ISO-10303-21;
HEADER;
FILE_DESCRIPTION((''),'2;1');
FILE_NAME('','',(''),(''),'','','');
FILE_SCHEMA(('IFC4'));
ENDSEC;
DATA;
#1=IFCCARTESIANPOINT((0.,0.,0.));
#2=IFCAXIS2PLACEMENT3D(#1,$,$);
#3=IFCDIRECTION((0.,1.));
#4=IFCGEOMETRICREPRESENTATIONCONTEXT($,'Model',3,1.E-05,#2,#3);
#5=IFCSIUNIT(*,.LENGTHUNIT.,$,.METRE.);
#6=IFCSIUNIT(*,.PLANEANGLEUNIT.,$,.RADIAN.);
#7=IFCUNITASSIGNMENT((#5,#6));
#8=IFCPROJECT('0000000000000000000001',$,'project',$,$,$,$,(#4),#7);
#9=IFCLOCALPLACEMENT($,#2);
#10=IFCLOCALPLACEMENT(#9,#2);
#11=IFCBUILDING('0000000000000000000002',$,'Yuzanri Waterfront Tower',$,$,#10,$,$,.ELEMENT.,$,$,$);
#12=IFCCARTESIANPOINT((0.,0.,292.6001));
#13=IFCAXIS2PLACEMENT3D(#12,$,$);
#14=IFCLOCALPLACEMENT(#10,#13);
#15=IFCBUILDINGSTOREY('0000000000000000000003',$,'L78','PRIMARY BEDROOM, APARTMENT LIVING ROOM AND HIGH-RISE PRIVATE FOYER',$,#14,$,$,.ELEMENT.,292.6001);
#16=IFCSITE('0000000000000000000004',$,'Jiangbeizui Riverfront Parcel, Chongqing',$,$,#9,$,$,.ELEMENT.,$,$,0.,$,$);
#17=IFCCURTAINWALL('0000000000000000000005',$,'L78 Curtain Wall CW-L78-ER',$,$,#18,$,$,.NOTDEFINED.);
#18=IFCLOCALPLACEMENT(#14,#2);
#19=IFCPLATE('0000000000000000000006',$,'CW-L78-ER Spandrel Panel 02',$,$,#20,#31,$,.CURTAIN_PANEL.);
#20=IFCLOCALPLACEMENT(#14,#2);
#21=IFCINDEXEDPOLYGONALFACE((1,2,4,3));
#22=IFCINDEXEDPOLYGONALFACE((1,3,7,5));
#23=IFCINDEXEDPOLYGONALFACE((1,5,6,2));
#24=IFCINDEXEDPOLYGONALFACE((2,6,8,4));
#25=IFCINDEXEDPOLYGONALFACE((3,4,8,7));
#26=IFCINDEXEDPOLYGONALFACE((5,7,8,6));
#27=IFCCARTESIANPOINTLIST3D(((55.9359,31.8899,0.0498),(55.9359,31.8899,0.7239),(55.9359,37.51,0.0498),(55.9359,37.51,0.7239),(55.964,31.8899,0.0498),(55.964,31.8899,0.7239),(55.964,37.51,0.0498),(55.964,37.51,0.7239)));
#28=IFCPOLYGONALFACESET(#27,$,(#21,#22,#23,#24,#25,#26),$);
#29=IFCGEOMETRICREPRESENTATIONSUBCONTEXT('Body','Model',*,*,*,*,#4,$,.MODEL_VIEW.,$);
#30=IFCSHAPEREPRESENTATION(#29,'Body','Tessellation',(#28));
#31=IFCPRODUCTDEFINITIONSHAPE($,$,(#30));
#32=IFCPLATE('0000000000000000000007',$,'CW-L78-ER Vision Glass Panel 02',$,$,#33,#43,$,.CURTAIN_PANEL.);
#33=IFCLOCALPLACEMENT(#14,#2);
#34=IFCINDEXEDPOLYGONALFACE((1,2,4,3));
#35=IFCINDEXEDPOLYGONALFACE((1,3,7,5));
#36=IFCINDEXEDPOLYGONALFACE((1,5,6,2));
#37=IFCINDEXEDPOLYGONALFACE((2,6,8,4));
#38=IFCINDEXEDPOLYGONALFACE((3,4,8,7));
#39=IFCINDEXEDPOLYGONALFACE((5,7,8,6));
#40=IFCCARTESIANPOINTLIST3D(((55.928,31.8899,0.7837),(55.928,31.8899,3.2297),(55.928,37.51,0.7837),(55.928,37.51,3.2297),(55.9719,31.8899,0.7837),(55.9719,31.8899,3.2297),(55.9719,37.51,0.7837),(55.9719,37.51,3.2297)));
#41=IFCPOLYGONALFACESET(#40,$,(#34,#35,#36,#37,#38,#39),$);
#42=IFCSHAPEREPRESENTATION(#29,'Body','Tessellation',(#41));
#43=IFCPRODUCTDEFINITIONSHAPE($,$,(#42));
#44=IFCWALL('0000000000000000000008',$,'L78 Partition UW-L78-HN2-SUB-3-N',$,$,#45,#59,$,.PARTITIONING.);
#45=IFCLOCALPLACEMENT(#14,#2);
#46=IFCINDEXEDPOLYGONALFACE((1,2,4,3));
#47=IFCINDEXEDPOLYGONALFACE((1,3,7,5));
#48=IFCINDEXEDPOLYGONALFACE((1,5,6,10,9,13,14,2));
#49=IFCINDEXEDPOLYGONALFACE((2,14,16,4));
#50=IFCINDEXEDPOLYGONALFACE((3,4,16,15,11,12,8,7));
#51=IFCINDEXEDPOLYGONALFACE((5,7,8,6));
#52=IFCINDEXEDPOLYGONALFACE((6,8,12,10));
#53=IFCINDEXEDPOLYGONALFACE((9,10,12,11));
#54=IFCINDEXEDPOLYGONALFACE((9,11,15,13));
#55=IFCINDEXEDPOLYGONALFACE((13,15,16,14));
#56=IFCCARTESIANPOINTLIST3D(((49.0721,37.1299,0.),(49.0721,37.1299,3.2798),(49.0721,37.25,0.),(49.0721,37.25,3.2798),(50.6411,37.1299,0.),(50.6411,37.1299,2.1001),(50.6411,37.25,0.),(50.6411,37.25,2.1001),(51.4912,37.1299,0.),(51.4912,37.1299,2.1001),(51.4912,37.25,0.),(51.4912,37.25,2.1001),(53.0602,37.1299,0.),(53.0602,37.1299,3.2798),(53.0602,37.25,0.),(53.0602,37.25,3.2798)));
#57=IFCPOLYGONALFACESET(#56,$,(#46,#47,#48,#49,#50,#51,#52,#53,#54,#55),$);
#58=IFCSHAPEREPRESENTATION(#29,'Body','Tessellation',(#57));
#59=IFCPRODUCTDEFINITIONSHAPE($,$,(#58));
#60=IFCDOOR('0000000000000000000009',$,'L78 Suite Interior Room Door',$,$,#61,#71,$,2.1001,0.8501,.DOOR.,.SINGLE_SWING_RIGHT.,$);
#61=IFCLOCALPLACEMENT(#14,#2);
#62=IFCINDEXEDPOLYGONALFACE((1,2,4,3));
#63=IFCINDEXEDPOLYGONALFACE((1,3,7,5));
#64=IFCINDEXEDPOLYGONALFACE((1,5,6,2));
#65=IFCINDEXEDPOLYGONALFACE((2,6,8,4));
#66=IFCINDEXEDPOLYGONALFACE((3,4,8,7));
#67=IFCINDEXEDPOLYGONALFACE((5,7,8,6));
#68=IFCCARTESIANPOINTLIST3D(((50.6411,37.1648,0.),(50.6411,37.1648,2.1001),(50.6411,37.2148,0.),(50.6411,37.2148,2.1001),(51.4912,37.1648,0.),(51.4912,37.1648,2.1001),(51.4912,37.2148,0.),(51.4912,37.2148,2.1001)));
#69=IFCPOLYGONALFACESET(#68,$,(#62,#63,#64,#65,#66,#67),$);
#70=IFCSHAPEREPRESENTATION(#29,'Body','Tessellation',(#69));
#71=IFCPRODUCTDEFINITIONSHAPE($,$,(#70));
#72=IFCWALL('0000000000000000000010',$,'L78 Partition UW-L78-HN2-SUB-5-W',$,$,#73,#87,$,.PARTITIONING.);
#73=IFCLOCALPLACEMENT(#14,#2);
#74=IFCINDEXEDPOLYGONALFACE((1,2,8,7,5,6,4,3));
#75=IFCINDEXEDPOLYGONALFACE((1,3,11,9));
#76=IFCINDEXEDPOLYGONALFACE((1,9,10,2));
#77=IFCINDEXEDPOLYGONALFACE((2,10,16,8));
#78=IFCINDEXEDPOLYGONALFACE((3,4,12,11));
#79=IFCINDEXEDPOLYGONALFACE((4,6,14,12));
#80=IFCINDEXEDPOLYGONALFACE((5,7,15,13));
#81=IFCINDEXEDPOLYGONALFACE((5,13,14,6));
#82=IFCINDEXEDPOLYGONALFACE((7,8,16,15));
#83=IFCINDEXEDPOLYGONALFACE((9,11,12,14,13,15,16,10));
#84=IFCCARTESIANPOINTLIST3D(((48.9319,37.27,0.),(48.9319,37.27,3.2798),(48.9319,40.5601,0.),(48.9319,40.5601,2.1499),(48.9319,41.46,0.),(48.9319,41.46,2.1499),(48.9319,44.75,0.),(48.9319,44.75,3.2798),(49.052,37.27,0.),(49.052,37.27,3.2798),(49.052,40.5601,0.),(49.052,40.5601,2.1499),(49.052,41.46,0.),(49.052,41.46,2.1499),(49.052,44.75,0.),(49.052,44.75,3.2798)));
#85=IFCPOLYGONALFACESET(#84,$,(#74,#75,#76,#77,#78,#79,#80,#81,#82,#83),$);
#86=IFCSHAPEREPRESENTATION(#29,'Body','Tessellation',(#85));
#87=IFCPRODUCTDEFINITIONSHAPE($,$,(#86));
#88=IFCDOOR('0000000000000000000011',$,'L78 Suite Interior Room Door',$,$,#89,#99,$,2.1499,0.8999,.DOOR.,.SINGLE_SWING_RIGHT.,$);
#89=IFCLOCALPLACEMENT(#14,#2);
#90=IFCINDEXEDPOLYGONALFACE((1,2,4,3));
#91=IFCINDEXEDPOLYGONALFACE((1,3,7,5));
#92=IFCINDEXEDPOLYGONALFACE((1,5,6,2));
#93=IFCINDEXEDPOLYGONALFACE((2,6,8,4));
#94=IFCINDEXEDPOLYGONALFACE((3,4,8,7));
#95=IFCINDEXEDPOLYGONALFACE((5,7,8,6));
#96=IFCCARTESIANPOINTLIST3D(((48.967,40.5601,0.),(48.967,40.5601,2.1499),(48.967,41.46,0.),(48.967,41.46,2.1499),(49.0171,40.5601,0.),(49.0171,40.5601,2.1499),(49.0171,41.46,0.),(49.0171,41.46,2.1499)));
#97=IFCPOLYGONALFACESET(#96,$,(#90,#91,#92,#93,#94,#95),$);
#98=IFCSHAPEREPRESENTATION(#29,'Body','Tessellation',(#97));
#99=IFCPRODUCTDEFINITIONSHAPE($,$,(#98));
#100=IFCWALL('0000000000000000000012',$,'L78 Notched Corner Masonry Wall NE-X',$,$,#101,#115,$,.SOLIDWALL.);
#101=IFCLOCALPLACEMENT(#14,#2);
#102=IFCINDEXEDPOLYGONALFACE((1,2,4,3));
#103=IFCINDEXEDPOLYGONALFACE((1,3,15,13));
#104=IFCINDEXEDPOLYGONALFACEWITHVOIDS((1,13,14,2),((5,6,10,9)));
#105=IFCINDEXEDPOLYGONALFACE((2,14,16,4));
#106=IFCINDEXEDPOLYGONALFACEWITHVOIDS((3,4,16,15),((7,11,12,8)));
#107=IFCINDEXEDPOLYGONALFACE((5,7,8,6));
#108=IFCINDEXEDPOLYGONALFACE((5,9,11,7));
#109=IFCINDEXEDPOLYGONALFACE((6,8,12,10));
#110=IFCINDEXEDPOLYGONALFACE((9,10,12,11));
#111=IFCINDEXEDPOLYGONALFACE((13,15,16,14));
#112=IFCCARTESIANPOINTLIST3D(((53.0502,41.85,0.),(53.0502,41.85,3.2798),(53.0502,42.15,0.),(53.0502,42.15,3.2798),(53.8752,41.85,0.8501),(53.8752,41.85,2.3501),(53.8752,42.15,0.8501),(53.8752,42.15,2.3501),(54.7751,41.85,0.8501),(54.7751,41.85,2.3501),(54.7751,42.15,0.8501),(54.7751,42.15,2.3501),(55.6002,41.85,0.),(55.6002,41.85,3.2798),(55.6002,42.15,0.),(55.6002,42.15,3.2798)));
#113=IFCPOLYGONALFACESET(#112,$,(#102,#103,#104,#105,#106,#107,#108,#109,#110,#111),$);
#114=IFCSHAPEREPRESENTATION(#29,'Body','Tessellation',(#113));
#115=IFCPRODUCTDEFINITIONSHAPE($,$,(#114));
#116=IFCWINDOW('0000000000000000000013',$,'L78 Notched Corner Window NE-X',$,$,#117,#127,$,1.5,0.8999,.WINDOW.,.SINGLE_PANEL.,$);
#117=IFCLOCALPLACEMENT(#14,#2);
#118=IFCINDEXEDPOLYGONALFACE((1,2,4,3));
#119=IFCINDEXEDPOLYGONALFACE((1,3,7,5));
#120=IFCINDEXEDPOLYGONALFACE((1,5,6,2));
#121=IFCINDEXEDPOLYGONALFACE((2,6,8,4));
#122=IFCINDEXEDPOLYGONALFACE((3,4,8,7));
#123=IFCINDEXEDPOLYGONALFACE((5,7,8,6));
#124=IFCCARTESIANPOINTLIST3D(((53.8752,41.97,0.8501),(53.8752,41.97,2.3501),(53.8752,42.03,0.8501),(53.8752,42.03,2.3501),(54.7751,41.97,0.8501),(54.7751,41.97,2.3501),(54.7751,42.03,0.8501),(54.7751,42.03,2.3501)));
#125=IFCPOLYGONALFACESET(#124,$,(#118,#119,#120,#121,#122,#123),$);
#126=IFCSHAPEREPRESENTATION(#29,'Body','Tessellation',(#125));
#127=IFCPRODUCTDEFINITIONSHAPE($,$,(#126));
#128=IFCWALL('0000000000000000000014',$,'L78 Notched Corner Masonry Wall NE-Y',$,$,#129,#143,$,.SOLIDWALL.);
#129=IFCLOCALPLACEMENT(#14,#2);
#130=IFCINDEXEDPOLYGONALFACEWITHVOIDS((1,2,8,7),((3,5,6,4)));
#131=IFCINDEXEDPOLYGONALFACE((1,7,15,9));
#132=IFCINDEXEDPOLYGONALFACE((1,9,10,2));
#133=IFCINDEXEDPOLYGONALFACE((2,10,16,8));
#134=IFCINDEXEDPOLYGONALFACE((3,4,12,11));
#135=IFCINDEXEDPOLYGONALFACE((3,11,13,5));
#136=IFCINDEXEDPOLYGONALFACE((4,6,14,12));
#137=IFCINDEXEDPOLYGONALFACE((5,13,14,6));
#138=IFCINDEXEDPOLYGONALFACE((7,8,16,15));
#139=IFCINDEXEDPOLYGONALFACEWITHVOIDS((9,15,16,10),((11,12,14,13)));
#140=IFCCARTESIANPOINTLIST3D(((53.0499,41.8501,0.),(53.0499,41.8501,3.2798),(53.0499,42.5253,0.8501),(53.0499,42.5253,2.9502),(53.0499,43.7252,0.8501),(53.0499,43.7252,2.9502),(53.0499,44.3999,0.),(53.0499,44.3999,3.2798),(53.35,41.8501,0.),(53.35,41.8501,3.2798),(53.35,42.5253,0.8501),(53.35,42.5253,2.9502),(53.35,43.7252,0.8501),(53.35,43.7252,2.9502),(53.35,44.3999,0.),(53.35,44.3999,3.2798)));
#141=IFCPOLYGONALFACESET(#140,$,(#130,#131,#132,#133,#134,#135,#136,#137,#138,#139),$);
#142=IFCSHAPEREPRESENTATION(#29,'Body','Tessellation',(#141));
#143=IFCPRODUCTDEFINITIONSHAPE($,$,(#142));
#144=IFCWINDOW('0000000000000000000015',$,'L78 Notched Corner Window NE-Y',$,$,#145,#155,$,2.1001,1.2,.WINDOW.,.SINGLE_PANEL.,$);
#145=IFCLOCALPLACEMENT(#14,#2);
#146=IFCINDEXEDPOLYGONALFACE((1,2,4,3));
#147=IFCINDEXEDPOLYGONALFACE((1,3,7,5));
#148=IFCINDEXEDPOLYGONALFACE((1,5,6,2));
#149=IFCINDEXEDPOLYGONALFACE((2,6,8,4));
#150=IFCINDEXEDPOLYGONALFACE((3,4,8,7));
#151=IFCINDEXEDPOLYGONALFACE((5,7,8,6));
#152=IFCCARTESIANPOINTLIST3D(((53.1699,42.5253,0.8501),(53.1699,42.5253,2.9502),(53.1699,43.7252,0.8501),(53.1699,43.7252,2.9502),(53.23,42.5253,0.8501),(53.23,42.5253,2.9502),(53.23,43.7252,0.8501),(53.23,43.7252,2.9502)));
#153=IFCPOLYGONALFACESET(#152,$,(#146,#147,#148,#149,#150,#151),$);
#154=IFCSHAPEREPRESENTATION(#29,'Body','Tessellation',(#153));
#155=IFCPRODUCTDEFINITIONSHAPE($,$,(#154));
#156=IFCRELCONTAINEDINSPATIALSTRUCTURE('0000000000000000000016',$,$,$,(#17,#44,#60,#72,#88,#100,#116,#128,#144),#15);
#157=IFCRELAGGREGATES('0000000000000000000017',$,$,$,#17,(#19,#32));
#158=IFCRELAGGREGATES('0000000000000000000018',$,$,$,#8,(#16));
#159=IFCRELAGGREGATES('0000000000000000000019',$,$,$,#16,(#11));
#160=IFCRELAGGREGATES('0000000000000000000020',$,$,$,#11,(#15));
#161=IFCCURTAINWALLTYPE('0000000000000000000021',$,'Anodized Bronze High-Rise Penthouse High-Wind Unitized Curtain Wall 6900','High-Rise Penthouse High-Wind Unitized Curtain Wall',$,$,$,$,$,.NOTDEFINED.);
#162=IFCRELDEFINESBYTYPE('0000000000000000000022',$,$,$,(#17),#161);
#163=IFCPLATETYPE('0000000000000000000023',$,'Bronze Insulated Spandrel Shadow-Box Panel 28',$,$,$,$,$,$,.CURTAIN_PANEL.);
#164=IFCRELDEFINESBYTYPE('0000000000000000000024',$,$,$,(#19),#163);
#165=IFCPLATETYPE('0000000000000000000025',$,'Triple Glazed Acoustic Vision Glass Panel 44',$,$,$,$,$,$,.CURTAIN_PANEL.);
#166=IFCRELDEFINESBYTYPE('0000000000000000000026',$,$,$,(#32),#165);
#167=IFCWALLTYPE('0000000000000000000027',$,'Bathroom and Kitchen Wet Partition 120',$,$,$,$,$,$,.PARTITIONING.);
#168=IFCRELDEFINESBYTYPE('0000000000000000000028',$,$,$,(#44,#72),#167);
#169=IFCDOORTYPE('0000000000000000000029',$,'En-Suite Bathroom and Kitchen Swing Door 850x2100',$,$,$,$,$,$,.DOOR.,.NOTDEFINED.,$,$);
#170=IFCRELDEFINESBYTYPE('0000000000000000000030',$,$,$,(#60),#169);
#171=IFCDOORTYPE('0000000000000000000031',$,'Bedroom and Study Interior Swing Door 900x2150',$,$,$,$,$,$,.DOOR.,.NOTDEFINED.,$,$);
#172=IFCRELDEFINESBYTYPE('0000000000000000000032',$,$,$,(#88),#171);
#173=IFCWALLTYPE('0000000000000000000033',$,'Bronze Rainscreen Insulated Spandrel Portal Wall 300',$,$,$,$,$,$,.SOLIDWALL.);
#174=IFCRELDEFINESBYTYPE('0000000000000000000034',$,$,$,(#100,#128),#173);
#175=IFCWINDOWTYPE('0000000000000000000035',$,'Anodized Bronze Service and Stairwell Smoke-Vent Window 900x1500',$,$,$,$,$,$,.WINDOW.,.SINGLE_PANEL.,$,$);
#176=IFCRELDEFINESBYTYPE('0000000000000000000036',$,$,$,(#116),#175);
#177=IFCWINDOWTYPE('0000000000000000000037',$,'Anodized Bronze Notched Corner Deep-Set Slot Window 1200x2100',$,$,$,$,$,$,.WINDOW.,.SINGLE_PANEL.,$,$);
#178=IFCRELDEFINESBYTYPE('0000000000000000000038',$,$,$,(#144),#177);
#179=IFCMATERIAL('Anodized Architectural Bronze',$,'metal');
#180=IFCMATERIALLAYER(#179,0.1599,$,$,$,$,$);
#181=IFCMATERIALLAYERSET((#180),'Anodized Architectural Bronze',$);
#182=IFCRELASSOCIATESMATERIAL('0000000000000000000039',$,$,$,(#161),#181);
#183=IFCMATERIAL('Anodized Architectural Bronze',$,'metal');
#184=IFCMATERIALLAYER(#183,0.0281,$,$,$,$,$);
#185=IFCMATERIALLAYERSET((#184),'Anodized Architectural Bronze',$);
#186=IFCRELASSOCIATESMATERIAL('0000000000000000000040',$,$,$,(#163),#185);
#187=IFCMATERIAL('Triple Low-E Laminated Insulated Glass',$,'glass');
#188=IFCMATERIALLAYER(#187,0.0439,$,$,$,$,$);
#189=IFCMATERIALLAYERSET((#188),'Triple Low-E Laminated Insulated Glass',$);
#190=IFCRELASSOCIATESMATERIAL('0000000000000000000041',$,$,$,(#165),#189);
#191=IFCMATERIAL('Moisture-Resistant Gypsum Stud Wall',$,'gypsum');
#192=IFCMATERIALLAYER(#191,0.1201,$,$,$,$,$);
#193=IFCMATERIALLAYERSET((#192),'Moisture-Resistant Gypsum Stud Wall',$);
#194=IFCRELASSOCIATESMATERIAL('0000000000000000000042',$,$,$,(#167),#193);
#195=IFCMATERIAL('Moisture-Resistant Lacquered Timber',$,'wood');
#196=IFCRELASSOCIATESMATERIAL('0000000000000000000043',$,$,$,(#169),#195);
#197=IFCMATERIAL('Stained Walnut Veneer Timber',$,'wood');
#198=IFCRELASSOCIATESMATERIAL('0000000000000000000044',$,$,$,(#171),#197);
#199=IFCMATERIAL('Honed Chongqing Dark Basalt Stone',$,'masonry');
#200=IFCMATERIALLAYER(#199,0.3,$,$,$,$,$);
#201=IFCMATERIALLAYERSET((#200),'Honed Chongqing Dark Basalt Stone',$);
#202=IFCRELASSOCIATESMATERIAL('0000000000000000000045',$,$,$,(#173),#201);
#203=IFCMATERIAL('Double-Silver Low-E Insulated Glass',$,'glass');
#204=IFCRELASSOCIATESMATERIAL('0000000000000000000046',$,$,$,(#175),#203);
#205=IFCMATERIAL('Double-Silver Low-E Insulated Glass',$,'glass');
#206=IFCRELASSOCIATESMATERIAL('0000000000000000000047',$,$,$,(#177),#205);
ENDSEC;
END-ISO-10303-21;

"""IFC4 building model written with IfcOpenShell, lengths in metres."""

from ifc_helpers import new_model, si_unit, direction, frame, frame_2d, origin, origin_2d, place, context, subcontext, project, spatial, rectangle, extrude, source, transform, mapped, material, layer, layer_set, type_object, element, fill, aggregate, save


model = new_model("IFC4")

# Units and contexts
model_context = context("Model", 3, precision=1e-05, world=origin(), true_north=direction((0.0, 1.0)))
body_context = subcontext(model_context, "Body", "Model", "MODEL_VIEW")
ifc_project = project(units=[si_unit("LENGTHUNIT", "METRE"), si_unit("PLANEANGLEUNIT", "RADIAN")], contexts=[model_context])

# Site, building, storey
site_placement = place(None, origin())
site = spatial("IfcSite", under=ifc_project, at=site_placement, Name="Jiangbeizui Riverfront Parcel, Chongqing", CompositionType="ELEMENT", RefElevation=0.0)
building_placement = place(site_placement, origin())
building = spatial("IfcBuilding", under=site, at=building_placement, Name="Yuzanri Waterfront Tower", CompositionType="ELEMENT")
storey_placement = place(building_placement, frame((0.0, 0.0, 292.6001)))
storey = spatial("IfcBuildingStorey", under=building, at=storey_placement, Name="L78", Description="PRIMARY BEDROOM, APARTMENT LIVING ROOM AND HIGH-RISE PRIVATE FOYER", CompositionType="ELEMENT", Elevation=292.6001)

# Curtain wall
ifc_material_1 = material(Name="Anodized Architectural Bronze", Category="metal")
ifc_layer_1 = layer(ifc_material_1, 0.1599)
ifc_layer_set_1 = layer_set([ifc_layer_1], Name="Anodized Architectural Bronze")
curtain_wall_type = type_object("IfcCurtainWallType", Name="Anodized Bronze High-Rise Penthouse High-Wind Unitized Curtain Wall 6900", Description="High-Rise Penthouse High-Wind Unitized Curtain Wall", PredefinedType="NOTDEFINED", material=ifc_layer_set_1)
curtain_wall_placement = place(storey_placement, origin())
curtain_wall = element("IfcCurtainWall", 1, at=curtain_wall_placement, inside=storey, type_object=curtain_wall_type, Name="L78 Curtain Wall CW-L78-ER", PredefinedType="NOTDEFINED")

# Plates
ifc_material_2 = material(Name="Anodized Architectural Bronze", Category="metal")
ifc_layer_2 = layer(ifc_material_2, 0.0281)
ifc_layer_set_2 = layer_set([ifc_layer_2], Name="Anodized Architectural Bronze")
plate_type_1 = type_object("IfcPlateType", Name="Bronze Insulated Spandrel Shadow-Box Panel 28", PredefinedType="CURTAIN_PANEL", material=ifc_layer_set_2)
shared_shape_1 = source(origin(), body_context, "Body", "SweptSolid", [
    extrude(rectangle(XDim=5.6201, YDim=0.0281, at=origin_2d()), origin(), (0.0, 0.0, 1.0), 0.6741),
])
plate_1_placement = place(storey_placement, frame((55.95, 34.7, 0.0498), z_axis=(0.0, 0.0, 1.0), x_axis=(0.0, 1.0, 0.0)))
plate_1 = element("IfcPlate", 2, at=plate_1_placement, type_object=plate_type_1, Name="CW-L78-ER Spandrel Panel 02", PredefinedType="CURTAIN_PANEL", context=body_context, shape_type="MappedRepresentation", body=[
    mapped(shared_shape_1, transform((0.0, 0.0, 0.0), scale=1.0)),
])
ifc_material_3 = material(Name="Triple Low-E Laminated Insulated Glass", Category="glass")
ifc_layer_3 = layer(ifc_material_3, 0.0439)
ifc_layer_set_3 = layer_set([ifc_layer_3], Name="Triple Low-E Laminated Insulated Glass")
plate_type_2 = type_object("IfcPlateType", Name="Triple Glazed Acoustic Vision Glass Panel 44", PredefinedType="CURTAIN_PANEL", material=ifc_layer_set_3)
shared_shape_2 = source(origin(), body_context, "Body", "SweptSolid", [
    extrude(rectangle(XDim=5.6201, YDim=0.0439, at=origin_2d()), origin(), (0.0, 0.0, 1.0), 2.446),
])
plate_2_placement = place(storey_placement, frame((55.95, 34.7, 0.7837), z_axis=(0.0, 0.0, 1.0), x_axis=(0.0, 1.0, 0.0)))
plate_2 = element("IfcPlate", 3, at=plate_2_placement, type_object=plate_type_2, Name="CW-L78-ER Vision Glass Panel 02", PredefinedType="CURTAIN_PANEL", context=body_context, shape_type="MappedRepresentation", body=[
    mapped(shared_shape_2, transform((0.0, 0.0, 0.0), scale=1.0)),
])
aggregate(curtain_wall, [plate_1, plate_2])

# Walls, openings, doors
ifc_material_4 = material(Name="Moisture-Resistant Gypsum Stud Wall", Category="gypsum")
ifc_layer_4 = layer(ifc_material_4, 0.1201)
ifc_layer_set_4 = layer_set([ifc_layer_4], Name="Moisture-Resistant Gypsum Stud Wall")
wall_type_1 = type_object("IfcWallType", Name="Bathroom and Kitchen Wet Partition 120", PredefinedType="PARTITIONING", material=ifc_layer_set_4)
wall_1_placement = place(storey_placement, frame((49.072, 37.1899, 0.0), z_axis=(0.0, 0.0, 1.0), x_axis=(1.0, 0.0, 0.0)))
wall_1 = element("IfcWall", 4, at=wall_1_placement, inside=storey, type_object=wall_type_1, Name="L78 Partition UW-L78-HN2-SUB-3-N", PredefinedType="PARTITIONING", context=body_context, shape_type="SweptSolid", body=[
    extrude(rectangle(XDim=3.988, YDim=0.1201, at=frame_2d((1.9941, 0.0))), origin(), (0.0, 0.0, 1.0), 3.2798),
])
opening_1_placement = place(wall_1_placement, frame((1.5691, 0.0, 0.0)))
opening_1 = element("IfcOpeningElement", 5, at=opening_1_placement, cuts=wall_1, PredefinedType="OPENING", context=body_context, shape_type="SweptSolid", body=[
    extrude(rectangle(XDim=0.8501, YDim=2.1001, at=frame_2d((0.425, 1.05))), frame((0.0, 0.075, 0.0), z_axis=(0.0, -1.0, 0.0), x_axis=(1.0, 0.0, 0.0)), (0.0, 0.0, 1.0), 0.1499),
])
ifc_material_5 = material(Name="Moisture-Resistant Lacquered Timber", Category="wood")
door_type_1 = type_object("IfcDoorType", Name="En-Suite Bathroom and Kitchen Swing Door 850x2100", OperationType="NOTDEFINED", PredefinedType="DOOR", material=ifc_material_5)
shared_shape_3 = source(origin(), body_context, "Body", "SweptSolid", [
    extrude(rectangle(XDim=0.8501, YDim=2.1001, at=frame_2d((0.425, 1.05))), frame((0.0, 0.0249, 0.0), z_axis=(0.0, -1.0, 0.0), x_axis=(1.0, 0.0, 0.0)), (0.0, 0.0, 1.0), 0.05),
])
door_1_placement = place(opening_1_placement, origin())
door_1 = element("IfcDoor", 6, at=door_1_placement, inside=storey, type_object=door_type_1, Name="L78 Suite Interior Room Door", OperationType="SINGLE_SWING_RIGHT", OverallHeight=2.1001, OverallWidth=0.8501, PredefinedType="DOOR", context=body_context, shape_type="MappedRepresentation", body=[
    mapped(shared_shape_3, transform((0.0, 0.0, 0.0), scale=1.0)),
])
fill(opening_1, door_1)
wall_2_placement = place(storey_placement, frame((48.9919, 37.27, 0.0), z_axis=(0.0, 0.0, 1.0), x_axis=(0.0, 1.0, 0.0)))
wall_2 = element("IfcWall", 7, at=wall_2_placement, inside=storey, type_object=wall_type_1, Name="L78 Partition UW-L78-HN2-SUB-5-W", PredefinedType="PARTITIONING", context=body_context, shape_type="SweptSolid", body=[
    extrude(rectangle(XDim=7.48, YDim=0.1201, at=frame_2d((3.74, 0.0))), origin(), (0.0, 0.0, 1.0), 3.2798),
])
opening_2_placement = place(wall_2_placement, frame((3.29, 0.0, 0.0)))
opening_2 = element("IfcOpeningElement", 8, at=opening_2_placement, cuts=wall_2, PredefinedType="OPENING", context=body_context, shape_type="SweptSolid", body=[
    extrude(rectangle(XDim=0.8999, YDim=2.1499, at=frame_2d((0.45, 1.075))), frame((0.0, 0.075, 0.0), z_axis=(0.0, -1.0, 0.0), x_axis=(1.0, 0.0, 0.0)), (0.0, 0.0, 1.0), 0.1499),
])
ifc_material_6 = material(Name="Stained Walnut Veneer Timber", Category="wood")
door_type_2 = type_object("IfcDoorType", Name="Bedroom and Study Interior Swing Door 900x2150", OperationType="NOTDEFINED", PredefinedType="DOOR", material=ifc_material_6)
shared_shape_4 = source(origin(), body_context, "Body", "SweptSolid", [
    extrude(rectangle(XDim=0.8999, YDim=2.1499, at=frame_2d((0.45, 1.075))), frame((0.0, 0.0249, 0.0), z_axis=(0.0, -1.0, 0.0), x_axis=(1.0, 0.0, 0.0)), (0.0, 0.0, 1.0), 0.05),
])
door_2_placement = place(opening_2_placement, origin())
door_2 = element("IfcDoor", 9, at=door_2_placement, inside=storey, type_object=door_type_2, Name="L78 Suite Interior Room Door", OperationType="SINGLE_SWING_RIGHT", OverallHeight=2.1499, OverallWidth=0.8999, PredefinedType="DOOR", context=body_context, shape_type="MappedRepresentation", body=[
    mapped(shared_shape_4, transform((0.0, 0.0, 0.0), scale=1.0)),
])
fill(opening_2, door_2)

# Walls, openings, windows
ifc_material_7 = material(Name="Honed Chongqing Dark Basalt Stone", Category="masonry")
ifc_layer_5 = layer(ifc_material_7, 0.3)
ifc_layer_set_5 = layer_set([ifc_layer_5], Name="Honed Chongqing Dark Basalt Stone")
wall_type_2 = type_object("IfcWallType", Name="Bronze Rainscreen Insulated Spandrel Portal Wall 300", PredefinedType="SOLIDWALL", material=ifc_layer_set_5)
wall_3_placement = place(storey_placement, frame((55.6001, 42.0, 0.0), z_axis=(0.0, 0.0, 1.0), x_axis=(-1.0, 0.0, 0.0)))
wall_3 = element("IfcWall", 10, at=wall_3_placement, inside=storey, type_object=wall_type_2, Name="L78 Notched Corner Masonry Wall NE-X", PredefinedType="SOLIDWALL", context=body_context, shape_type="SweptSolid", body=[
    extrude(rectangle(XDim=2.55, YDim=0.3, at=frame_2d((1.2749, 0.0))), origin(), (0.0, 0.0, 1.0), 3.2798),
])
opening_3_placement = place(wall_3_placement, frame((0.825, 0.0, 0.8501)))
opening_3 = element("IfcOpeningElement", 11, at=opening_3_placement, cuts=wall_3, PredefinedType="OPENING", context=body_context, shape_type="SweptSolid", body=[
    extrude(rectangle(XDim=0.8999, YDim=1.5, at=frame_2d((0.45, 0.75))), frame((0.0, 0.165, 0.0), z_axis=(0.0, -1.0, 0.0), x_axis=(1.0, 0.0, 0.0)), (0.0, 0.0, 1.0), 0.3298),
])
ifc_material_8 = material(Name="Double-Silver Low-E Insulated Glass", Category="glass")
window_type_1 = type_object("IfcWindowType", Name="Anodized Bronze Service and Stairwell Smoke-Vent Window 900x1500", PartitioningType="SINGLE_PANEL", PredefinedType="WINDOW", material=ifc_material_8)
shared_shape_5 = source(origin(), body_context, "Body", "SweptSolid", [
    extrude(rectangle(XDim=0.8999, YDim=1.5, at=frame_2d((0.45, 0.75))), frame((0.0, 0.03, 0.0), z_axis=(0.0, -1.0, 0.0), x_axis=(1.0, 0.0, 0.0)), (0.0, 0.0, 1.0), 0.0601),
])
window_1_placement = place(opening_3_placement, origin())
window_1 = element("IfcWindow", 12, at=window_1_placement, inside=storey, type_object=window_type_1, Name="L78 Notched Corner Window NE-X", OverallHeight=1.5, OverallWidth=0.8999, PartitioningType="SINGLE_PANEL", PredefinedType="WINDOW", context=body_context, shape_type="MappedRepresentation", body=[
    mapped(shared_shape_5, transform((0.0, 0.0, 0.0), scale=1.0)),
])
fill(opening_3, window_1)
wall_4_placement = place(storey_placement, frame((53.2, 41.8501, 0.0), z_axis=(0.0, 0.0, 1.0), x_axis=(0.0, 1.0, 0.0)))
wall_4 = element("IfcWall", 13, at=wall_4_placement, inside=storey, type_object=wall_type_2, Name="L78 Notched Corner Masonry Wall NE-Y", PredefinedType="SOLIDWALL", context=body_context, shape_type="SweptSolid", body=[
    extrude(rectangle(XDim=2.5498, YDim=0.3, at=frame_2d((1.2749, 0.0))), origin(), (0.0, 0.0, 1.0), 3.2798),
])
opening_4_placement = place(wall_4_placement, frame((0.675, 0.0, 0.8501)))
opening_4 = element("IfcOpeningElement", 14, at=opening_4_placement, cuts=wall_4, PredefinedType="OPENING", context=body_context, shape_type="SweptSolid", body=[
    extrude(rectangle(XDim=1.2, YDim=2.1001, at=frame_2d((0.6001, 1.05))), frame((0.0, 0.165, 0.0), z_axis=(0.0, -1.0, 0.0), x_axis=(1.0, 0.0, 0.0)), (0.0, 0.0, 1.0), 0.3298),
])
ifc_material_9 = material(Name="Double-Silver Low-E Insulated Glass", Category="glass")
window_type_2 = type_object("IfcWindowType", Name="Anodized Bronze Notched Corner Deep-Set Slot Window 1200x2100", PartitioningType="SINGLE_PANEL", PredefinedType="WINDOW", material=ifc_material_9)
shared_shape_6 = source(origin(), body_context, "Body", "SweptSolid", [
    extrude(rectangle(XDim=1.2, YDim=2.1001, at=frame_2d((0.6001, 1.05))), frame((0.0, 0.03, 0.0), z_axis=(0.0, -1.0, 0.0), x_axis=(1.0, 0.0, 0.0)), (0.0, 0.0, 1.0), 0.0601),
])
window_2_placement = place(opening_4_placement, origin())
window_2 = element("IfcWindow", 15, at=window_2_placement, inside=storey, type_object=window_type_2, Name="L78 Notched Corner Window NE-Y", OverallHeight=2.1001, OverallWidth=1.2, PartitioningType="SINGLE_PANEL", PredefinedType="WINDOW", context=body_context, shape_type="MappedRepresentation", body=[
    mapped(shared_shape_6, transform((0.0, 0.0, 0.0), scale=1.0)),
])
fill(opening_4, window_2)

save(model, "model.ifc")
